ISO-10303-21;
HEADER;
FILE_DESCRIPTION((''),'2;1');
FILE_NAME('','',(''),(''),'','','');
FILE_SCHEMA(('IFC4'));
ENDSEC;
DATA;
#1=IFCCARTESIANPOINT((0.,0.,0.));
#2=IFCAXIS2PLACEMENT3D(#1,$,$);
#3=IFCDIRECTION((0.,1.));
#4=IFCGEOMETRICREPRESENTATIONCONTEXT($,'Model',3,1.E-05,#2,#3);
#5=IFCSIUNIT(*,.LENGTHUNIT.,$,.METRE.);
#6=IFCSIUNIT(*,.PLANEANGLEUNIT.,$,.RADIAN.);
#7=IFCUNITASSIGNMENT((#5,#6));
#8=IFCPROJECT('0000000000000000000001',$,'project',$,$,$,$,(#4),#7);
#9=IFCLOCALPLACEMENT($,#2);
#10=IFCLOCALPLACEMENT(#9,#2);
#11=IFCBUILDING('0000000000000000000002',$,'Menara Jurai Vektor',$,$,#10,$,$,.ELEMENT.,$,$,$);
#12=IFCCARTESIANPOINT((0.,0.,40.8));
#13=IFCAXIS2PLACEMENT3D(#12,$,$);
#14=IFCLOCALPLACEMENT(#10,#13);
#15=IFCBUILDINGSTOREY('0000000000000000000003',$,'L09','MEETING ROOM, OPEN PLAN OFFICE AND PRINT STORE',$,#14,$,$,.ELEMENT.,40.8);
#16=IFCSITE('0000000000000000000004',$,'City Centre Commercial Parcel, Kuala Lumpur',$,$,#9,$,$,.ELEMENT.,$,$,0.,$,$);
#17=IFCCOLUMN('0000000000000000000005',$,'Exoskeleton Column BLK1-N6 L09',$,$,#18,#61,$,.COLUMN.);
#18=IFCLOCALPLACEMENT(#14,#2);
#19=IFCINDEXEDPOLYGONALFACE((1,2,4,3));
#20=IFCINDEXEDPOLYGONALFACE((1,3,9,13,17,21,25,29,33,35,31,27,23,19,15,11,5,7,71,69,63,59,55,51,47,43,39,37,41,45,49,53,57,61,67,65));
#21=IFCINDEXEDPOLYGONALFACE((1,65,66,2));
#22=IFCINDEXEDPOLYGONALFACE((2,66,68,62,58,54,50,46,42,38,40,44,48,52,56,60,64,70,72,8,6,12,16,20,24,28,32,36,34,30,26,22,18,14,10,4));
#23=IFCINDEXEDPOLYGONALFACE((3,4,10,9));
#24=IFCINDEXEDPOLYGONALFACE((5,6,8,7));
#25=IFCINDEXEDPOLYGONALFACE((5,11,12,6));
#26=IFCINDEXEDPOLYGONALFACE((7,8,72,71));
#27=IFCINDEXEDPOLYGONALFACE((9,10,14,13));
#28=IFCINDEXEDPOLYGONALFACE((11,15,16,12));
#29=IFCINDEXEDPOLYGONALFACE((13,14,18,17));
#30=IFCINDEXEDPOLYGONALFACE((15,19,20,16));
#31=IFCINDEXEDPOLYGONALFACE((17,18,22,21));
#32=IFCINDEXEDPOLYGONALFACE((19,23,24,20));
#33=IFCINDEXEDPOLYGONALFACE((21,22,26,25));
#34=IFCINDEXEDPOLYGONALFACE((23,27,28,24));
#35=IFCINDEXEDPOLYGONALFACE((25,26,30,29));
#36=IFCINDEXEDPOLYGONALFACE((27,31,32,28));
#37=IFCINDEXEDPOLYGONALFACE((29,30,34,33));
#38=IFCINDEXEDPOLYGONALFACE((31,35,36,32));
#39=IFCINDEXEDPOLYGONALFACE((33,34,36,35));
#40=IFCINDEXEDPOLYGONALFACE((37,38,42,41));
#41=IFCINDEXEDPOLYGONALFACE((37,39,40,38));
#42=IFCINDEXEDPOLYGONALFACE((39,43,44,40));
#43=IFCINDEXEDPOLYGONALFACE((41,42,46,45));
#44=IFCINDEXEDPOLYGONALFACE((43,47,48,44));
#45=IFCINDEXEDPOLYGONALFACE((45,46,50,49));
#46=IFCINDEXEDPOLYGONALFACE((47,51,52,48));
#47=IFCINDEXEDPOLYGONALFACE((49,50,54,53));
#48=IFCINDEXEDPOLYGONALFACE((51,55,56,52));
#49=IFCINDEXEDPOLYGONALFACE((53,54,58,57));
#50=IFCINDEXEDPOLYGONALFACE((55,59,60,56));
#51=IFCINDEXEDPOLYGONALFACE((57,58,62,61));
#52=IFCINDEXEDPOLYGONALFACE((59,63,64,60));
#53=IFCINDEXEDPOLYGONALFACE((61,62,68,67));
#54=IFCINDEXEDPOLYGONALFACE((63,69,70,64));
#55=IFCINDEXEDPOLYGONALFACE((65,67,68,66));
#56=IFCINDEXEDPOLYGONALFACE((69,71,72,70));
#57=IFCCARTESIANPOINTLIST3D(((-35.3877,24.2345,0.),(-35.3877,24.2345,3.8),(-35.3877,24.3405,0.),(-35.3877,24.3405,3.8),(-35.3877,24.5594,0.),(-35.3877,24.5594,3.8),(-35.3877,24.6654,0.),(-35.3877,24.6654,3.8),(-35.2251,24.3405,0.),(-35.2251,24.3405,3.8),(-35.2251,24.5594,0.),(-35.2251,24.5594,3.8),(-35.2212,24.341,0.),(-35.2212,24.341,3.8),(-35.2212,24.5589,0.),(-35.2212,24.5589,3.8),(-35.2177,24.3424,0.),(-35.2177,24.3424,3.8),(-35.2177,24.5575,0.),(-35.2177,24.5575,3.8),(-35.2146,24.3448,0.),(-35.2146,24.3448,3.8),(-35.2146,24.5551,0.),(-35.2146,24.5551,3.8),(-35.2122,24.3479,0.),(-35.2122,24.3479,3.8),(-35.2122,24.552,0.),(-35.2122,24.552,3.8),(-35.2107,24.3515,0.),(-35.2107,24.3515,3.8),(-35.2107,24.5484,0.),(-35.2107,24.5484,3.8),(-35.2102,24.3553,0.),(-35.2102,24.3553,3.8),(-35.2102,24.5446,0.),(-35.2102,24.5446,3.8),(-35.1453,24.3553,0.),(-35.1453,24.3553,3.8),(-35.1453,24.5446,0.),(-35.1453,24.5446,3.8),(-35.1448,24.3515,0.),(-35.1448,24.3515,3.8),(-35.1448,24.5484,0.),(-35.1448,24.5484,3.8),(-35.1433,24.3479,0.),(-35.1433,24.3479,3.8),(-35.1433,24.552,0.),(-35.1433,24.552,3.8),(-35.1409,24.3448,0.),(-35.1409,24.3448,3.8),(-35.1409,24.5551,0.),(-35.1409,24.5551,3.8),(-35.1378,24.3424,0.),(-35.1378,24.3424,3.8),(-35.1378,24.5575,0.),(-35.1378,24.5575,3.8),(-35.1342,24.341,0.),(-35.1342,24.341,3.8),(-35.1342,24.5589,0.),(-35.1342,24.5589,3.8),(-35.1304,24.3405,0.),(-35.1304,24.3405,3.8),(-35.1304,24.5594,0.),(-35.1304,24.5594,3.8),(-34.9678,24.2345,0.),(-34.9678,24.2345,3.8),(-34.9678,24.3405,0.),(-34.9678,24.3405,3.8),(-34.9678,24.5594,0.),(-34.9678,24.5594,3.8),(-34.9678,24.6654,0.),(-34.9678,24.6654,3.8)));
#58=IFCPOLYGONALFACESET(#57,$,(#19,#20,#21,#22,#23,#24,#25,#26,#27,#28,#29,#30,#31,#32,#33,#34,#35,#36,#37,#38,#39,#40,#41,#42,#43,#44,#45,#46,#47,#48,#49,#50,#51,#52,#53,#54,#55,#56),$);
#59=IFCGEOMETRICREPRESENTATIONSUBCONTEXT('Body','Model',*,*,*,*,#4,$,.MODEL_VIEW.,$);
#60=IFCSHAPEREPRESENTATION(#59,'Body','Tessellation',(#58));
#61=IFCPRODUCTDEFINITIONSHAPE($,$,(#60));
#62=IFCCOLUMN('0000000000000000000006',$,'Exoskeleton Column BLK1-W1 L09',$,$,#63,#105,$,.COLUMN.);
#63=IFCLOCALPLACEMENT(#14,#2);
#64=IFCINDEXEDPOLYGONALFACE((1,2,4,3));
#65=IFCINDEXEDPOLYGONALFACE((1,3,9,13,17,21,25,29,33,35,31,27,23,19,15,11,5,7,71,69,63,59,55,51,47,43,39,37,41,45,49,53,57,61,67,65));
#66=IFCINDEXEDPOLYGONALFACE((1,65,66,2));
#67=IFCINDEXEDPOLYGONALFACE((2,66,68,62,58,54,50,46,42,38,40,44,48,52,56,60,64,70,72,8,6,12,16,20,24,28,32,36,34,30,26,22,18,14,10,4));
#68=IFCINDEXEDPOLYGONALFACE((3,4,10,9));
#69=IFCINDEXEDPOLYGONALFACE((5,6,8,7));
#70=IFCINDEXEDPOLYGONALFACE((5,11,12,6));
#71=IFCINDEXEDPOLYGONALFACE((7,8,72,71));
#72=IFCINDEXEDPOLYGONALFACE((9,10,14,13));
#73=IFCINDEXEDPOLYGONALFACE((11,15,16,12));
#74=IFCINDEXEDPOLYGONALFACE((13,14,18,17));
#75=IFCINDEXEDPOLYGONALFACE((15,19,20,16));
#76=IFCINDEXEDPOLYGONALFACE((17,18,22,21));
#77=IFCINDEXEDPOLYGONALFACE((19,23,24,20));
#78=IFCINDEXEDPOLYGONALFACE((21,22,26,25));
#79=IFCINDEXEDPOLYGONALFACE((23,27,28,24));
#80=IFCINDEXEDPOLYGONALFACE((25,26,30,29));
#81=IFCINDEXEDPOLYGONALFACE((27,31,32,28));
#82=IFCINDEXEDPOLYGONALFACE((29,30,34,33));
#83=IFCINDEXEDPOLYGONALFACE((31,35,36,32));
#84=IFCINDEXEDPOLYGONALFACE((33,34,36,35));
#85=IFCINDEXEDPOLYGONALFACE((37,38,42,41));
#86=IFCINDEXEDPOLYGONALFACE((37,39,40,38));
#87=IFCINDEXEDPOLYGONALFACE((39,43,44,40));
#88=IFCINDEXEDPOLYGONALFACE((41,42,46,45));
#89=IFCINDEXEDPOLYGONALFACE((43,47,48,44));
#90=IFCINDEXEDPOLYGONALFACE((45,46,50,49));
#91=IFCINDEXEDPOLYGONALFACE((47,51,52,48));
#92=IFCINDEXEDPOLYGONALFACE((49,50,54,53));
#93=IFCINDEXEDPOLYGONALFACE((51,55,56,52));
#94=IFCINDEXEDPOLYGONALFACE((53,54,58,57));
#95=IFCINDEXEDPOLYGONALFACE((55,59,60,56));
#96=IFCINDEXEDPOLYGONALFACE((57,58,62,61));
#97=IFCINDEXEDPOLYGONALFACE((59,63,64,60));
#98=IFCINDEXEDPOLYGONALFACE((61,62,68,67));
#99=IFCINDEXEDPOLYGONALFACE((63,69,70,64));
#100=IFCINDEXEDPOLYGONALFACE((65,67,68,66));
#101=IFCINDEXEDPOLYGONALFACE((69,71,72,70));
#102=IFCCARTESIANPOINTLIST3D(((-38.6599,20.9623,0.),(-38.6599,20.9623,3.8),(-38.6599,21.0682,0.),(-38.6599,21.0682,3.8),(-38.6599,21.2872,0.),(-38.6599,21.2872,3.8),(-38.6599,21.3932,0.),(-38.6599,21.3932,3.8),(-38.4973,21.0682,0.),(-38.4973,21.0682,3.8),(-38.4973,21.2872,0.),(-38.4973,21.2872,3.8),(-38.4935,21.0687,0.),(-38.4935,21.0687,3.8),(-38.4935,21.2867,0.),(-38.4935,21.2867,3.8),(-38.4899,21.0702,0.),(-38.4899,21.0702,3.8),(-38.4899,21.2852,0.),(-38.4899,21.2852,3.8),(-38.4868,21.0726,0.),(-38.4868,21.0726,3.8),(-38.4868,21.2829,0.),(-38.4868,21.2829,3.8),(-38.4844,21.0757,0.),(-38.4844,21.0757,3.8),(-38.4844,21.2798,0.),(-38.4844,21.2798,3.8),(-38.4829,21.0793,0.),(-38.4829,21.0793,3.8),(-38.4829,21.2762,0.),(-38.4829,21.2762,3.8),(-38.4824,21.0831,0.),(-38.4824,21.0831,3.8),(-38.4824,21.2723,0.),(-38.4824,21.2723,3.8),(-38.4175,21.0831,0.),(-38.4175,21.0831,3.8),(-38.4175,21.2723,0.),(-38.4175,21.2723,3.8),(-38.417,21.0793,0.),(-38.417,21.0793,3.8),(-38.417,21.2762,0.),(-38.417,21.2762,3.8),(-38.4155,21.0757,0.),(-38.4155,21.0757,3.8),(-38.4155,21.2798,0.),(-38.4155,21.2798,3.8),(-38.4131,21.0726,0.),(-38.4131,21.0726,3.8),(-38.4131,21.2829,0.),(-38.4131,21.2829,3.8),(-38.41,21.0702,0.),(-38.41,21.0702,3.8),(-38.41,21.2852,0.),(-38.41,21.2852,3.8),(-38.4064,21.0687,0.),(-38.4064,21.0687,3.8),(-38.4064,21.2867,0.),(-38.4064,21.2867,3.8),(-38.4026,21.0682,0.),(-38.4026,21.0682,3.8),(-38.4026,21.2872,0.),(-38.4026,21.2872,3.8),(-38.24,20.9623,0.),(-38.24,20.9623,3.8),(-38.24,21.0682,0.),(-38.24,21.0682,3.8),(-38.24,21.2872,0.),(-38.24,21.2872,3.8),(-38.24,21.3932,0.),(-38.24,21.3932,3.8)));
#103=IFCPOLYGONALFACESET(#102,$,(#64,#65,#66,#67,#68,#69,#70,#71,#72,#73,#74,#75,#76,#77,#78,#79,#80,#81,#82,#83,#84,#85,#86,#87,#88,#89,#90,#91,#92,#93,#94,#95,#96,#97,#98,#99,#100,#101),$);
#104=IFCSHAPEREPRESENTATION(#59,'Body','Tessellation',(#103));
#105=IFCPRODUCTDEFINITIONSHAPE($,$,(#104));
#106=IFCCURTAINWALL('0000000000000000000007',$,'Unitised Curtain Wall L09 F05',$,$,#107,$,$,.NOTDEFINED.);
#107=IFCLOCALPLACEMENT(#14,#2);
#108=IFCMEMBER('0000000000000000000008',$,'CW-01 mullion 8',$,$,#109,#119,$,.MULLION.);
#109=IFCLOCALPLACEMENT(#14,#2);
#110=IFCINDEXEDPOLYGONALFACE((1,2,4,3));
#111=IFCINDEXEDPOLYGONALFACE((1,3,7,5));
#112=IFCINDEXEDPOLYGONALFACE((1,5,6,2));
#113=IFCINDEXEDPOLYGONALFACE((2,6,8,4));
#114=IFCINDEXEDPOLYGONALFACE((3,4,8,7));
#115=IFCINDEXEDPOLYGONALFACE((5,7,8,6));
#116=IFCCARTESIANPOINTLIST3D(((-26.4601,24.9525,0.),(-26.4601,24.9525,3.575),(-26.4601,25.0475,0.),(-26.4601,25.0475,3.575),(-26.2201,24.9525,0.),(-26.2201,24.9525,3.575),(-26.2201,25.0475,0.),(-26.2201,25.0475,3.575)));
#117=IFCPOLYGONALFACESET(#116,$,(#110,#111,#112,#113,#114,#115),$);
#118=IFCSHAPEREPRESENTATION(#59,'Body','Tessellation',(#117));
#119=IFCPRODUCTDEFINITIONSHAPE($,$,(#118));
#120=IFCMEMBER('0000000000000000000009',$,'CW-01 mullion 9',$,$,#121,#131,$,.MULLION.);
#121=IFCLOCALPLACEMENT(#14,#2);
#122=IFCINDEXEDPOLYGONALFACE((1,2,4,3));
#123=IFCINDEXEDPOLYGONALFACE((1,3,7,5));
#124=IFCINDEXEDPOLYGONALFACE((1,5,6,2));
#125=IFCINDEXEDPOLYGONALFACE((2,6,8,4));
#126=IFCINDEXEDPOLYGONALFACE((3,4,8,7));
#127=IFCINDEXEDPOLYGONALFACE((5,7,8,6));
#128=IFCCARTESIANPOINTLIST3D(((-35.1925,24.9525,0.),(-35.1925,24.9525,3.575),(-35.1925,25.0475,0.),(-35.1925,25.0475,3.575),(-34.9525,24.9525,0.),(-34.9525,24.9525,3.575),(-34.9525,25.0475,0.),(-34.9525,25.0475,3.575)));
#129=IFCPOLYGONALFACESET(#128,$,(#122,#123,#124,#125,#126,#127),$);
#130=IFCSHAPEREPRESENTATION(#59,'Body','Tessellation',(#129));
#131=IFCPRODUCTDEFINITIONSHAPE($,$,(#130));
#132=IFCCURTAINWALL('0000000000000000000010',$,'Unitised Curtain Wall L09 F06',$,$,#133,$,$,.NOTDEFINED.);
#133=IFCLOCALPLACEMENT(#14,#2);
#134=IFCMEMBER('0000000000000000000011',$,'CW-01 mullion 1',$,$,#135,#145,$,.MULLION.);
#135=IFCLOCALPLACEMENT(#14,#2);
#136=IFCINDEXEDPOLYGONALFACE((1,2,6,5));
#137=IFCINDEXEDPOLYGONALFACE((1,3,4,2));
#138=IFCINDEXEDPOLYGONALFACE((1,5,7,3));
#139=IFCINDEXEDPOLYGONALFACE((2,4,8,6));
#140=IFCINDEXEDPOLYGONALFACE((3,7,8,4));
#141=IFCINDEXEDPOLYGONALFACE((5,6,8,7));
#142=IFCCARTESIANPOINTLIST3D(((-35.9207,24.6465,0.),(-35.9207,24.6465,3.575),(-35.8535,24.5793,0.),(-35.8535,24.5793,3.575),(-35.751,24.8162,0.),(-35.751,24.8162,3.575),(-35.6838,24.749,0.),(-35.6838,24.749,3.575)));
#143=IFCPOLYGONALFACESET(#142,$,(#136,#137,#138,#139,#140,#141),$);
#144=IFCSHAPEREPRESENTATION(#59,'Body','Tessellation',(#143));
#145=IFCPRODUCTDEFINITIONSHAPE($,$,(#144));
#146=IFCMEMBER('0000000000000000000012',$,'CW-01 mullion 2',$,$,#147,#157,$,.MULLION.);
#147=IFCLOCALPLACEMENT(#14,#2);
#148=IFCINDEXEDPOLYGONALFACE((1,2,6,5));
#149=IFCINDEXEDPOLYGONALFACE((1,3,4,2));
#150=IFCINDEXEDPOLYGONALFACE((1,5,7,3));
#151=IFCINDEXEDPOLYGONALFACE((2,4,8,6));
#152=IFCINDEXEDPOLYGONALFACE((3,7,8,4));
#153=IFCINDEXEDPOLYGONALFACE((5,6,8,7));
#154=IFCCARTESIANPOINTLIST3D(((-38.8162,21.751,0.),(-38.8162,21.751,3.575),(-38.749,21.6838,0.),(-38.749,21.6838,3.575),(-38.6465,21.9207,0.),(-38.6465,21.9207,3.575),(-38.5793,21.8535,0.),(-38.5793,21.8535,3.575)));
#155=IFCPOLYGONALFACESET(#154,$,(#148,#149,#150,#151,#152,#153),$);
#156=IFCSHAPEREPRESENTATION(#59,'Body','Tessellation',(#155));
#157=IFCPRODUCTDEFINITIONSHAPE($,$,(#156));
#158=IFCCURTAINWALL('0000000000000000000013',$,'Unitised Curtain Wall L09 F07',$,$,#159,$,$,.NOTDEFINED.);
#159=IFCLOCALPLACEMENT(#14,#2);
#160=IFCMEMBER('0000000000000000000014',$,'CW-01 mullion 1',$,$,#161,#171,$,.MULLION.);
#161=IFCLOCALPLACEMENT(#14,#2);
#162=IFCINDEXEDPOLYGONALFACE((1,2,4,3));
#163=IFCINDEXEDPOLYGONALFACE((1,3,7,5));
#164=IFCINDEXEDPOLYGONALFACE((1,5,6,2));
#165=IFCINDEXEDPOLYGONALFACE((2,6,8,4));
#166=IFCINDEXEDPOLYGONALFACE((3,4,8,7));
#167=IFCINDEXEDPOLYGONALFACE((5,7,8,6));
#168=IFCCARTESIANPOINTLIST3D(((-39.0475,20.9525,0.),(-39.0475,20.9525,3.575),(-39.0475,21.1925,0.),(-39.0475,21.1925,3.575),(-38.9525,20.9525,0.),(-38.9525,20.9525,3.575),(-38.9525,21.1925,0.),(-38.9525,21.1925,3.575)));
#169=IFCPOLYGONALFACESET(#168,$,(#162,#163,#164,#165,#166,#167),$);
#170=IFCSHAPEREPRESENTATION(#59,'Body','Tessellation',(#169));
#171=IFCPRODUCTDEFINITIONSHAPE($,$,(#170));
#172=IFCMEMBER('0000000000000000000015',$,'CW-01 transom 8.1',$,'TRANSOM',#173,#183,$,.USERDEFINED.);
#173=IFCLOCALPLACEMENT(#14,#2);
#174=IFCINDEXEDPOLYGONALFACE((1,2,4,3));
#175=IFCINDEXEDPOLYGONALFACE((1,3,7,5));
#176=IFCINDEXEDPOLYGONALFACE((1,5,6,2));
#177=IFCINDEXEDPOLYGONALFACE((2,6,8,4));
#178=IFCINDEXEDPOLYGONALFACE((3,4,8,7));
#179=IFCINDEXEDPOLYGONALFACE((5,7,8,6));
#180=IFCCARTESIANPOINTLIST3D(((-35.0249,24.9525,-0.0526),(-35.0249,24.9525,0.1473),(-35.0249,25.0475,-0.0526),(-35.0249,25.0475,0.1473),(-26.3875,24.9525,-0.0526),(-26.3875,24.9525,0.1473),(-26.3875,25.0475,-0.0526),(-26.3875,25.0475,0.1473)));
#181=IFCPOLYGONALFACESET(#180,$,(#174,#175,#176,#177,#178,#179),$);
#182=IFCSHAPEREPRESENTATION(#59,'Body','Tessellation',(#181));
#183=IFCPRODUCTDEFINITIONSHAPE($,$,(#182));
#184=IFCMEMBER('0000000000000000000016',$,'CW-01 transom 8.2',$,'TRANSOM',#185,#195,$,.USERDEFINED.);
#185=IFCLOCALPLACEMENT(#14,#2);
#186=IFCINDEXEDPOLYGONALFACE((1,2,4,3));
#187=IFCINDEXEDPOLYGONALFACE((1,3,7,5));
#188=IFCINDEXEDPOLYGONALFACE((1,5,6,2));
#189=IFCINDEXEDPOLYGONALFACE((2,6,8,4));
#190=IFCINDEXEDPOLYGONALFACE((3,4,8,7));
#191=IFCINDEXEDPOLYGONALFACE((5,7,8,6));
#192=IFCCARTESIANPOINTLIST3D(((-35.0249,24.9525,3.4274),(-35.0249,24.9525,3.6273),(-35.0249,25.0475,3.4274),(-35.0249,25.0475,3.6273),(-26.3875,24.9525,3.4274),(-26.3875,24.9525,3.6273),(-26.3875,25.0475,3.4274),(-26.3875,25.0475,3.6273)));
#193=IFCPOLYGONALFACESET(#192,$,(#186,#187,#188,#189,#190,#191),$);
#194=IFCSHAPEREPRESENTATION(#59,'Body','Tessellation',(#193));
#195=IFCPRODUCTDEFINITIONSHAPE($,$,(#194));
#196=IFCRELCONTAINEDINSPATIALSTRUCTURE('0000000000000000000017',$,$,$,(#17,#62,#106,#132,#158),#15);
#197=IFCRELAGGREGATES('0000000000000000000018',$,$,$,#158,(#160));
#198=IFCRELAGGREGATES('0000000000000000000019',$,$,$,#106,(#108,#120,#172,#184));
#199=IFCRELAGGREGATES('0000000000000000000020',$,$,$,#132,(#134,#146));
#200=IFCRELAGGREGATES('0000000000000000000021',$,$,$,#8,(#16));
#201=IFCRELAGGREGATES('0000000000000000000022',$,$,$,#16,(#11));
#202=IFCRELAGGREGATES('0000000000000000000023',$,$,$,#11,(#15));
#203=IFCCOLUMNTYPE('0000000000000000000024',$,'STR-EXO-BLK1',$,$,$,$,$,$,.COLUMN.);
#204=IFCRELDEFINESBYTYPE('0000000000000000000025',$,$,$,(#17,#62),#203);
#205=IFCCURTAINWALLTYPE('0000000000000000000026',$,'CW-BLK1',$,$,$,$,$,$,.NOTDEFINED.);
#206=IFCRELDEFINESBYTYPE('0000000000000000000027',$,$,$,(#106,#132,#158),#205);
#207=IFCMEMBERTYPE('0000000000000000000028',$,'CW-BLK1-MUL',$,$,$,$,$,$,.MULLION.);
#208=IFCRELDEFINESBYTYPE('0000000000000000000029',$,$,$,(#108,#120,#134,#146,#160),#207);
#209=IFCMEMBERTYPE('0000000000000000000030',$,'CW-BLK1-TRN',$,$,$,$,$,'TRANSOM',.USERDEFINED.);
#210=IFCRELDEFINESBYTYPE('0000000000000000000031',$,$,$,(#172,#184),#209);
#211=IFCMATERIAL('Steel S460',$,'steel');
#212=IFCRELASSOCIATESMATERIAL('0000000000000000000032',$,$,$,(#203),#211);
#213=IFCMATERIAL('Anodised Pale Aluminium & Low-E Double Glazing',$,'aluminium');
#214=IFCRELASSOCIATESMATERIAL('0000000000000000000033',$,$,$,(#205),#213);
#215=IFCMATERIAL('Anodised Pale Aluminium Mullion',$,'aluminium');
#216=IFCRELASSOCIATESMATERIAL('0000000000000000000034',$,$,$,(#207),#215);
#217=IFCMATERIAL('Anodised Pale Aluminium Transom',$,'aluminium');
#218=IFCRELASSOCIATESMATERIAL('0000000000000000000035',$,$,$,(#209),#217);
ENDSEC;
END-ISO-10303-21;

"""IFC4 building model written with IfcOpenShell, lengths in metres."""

from ifc_helpers import new_model, si_unit, direction, frame, origin, origin_2d, place, context, subcontext, project, spatial, rectangle, i_section, extrude, material, material_profile, profile_set, type_object, element, aggregate, save


model = new_model("IFC4")

# Units and contexts
model_context = context("Model", 3, precision=1e-05, world=origin(), true_north=direction((0.0, 1.0)))
body_context = subcontext(model_context, "Body", "Model", "MODEL_VIEW")
ifc_project = project(units=[si_unit("LENGTHUNIT", "METRE"), si_unit("PLANEANGLEUNIT", "RADIAN")], contexts=[model_context])

# Site, building, storey
site_placement = place(None, origin())
site = spatial("IfcSite", under=ifc_project, at=site_placement, Name="City Centre Commercial Parcel, Kuala Lumpur", CompositionType="ELEMENT", RefElevation=0.0)
building_placement = place(site_placement, origin())
building = spatial("IfcBuilding", under=site, at=building_placement, Name="Menara Jurai Vektor", CompositionType="ELEMENT")
storey_placement = place(building_placement, frame((0.0, 0.0, 40.8)))
storey = spatial("IfcBuildingStorey", under=building, at=storey_placement, Name="L09", Description="MEETING ROOM, OPEN PLAN OFFICE AND PRINT STORE", CompositionType="ELEMENT", Elevation=40.8)

# Columns
ifc_material_1 = material(Name="Steel S460", Category="steel")
ifc_material_profile_1 = material_profile(ifc_material_1, i_section(OverallWidth=0.4199, OverallDepth=0.4309, WebThickness=0.0649, FlangeThickness=0.106, FilletRadius=0.0149, at=origin_2d()), Name="HD 400x900")
ifc_profile_set_1 = profile_set([ifc_material_profile_1], Name="Steel S460")
column_type = type_object("IfcColumnType", Name="STR-EXO-BLK1", PredefinedType="COLUMN", material=ifc_profile_set_1)
for number, where, z_axis, x_axis, name in (
    (1, (-35.1777, 24.45, 0.0), (0.0, 0.0, 1.0), (1.0, 0.0, 0.0), "Exoskeleton Column BLK1-N6 L09"),
    (2, (-38.45, 21.1777, 0.0), (0.0, 0.0, 1.0), (1.0, 0.0, 0.0), "Exoskeleton Column BLK1-W1 L09"),
):
    element("IfcColumn", number, at=place(storey_placement, frame(where, z_axis=z_axis, x_axis=x_axis)), inside=storey, type_object=column_type, Name=name, PredefinedType="COLUMN", context=body_context, shape_type="SweptSolid", body=[
        extrude(i_section(OverallWidth=0.4199, OverallDepth=0.4309, WebThickness=0.0649, FlangeThickness=0.106, FilletRadius=0.0149, at=origin_2d()), origin(), (0.0, 0.0, 1.0), 3.8),
    ])

# Curtain walls, members
ifc_material_2 = material(Name="Anodised Pale Aluminium & Low-E Double Glazing", Category="aluminium")
curtain_wall_type = type_object("IfcCurtainWallType", Name="CW-BLK1", PredefinedType="NOTDEFINED", material=ifc_material_2)
curtain_wall_1_placement = place(storey_placement, origin())
curtain_wall_1 = element("IfcCurtainWall", 3, at=curtain_wall_1_placement, inside=storey, type_object=curtain_wall_type, Name="Unitised Curtain Wall L09 F05", PredefinedType="NOTDEFINED")
ifc_material_3 = material(Name="Anodised Pale Aluminium Mullion", Category="aluminium")
ifc_material_profile_2 = material_profile(ifc_material_3, rectangle(XDim=0.095, YDim=0.24, at=origin_2d()), Name="ALU MUL 95x240")
ifc_profile_set_2 = profile_set([ifc_material_profile_2], Name="Anodised Pale Aluminium Mullion")
member_type_1 = type_object("IfcMemberType", Name="CW-BLK1-MUL", PredefinedType="MULLION", material=ifc_profile_set_2)
member_1_placement = place(storey_placement, frame((-26.3401, 25.0, 0.0), z_axis=(0.0, 0.0, 1.0), x_axis=(0.0, -1.0, 0.0)))
member_1 = element("IfcMember", 4, at=member_1_placement, type_object=member_type_1, Name="CW-01 mullion 8", PredefinedType="MULLION", context=body_context, shape_type="SweptSolid", body=[
    extrude(rectangle(XDim=0.095, YDim=0.24, at=origin_2d()), origin(), (0.0, 0.0, 1.0), 3.575),
])
member_2_placement = place(storey_placement, frame((-35.0725, 25.0, 0.0), z_axis=(0.0, 0.0, 1.0), x_axis=(0.0, -1.0, 0.0)))
member_2 = element("IfcMember", 5, at=member_2_placement, type_object=member_type_1, Name="CW-01 mullion 9", PredefinedType="MULLION", context=body_context, shape_type="SweptSolid", body=[
    extrude(rectangle(XDim=0.095, YDim=0.24, at=origin_2d()), origin(), (0.0, 0.0, 1.0), 3.575),
])
curtain_wall_2_placement = place(storey_placement, origin())
curtain_wall_2 = element("IfcCurtainWall", 6, at=curtain_wall_2_placement, inside=storey, type_object=curtain_wall_type, Name="Unitised Curtain Wall L09 F06", PredefinedType="NOTDEFINED")
member_3_placement = place(storey_placement, frame((-35.8022, 24.6978, 0.0), z_axis=(0.0, 0.0, 1.0), x_axis=(0.707107, -0.707107, 0.0)))
member_3 = element("IfcMember", 7, at=member_3_placement, type_object=member_type_1, Name="CW-01 mullion 1", PredefinedType="MULLION", context=body_context, shape_type="SweptSolid", body=[
    extrude(rectangle(XDim=0.095, YDim=0.24, at=origin_2d()), origin(), (0.0, 0.0, 1.0), 3.575),
])
member_4_placement = place(storey_placement, frame((-38.6978, 21.8022, 0.0), z_axis=(0.0, 0.0, 1.0), x_axis=(0.707107, -0.707107, 0.0)))
member_4 = element("IfcMember", 8, at=member_4_placement, type_object=member_type_1, Name="CW-01 mullion 2", PredefinedType="MULLION", context=body_context, shape_type="SweptSolid", body=[
    extrude(rectangle(XDim=0.095, YDim=0.24, at=origin_2d()), origin(), (0.0, 0.0, 1.0), 3.575),
])

# Curtain wall, member
curtain_wall_3_placement = place(storey_placement, origin())
curtain_wall_3 = element("IfcCurtainWall", 9, at=curtain_wall_3_placement, inside=storey, type_object=curtain_wall_type, Name="Unitised Curtain Wall L09 F07", PredefinedType="NOTDEFINED")
member_5_placement = place(storey_placement, frame((-39.0, 21.0725, 0.0), z_axis=(0.0, 0.0, 1.0), x_axis=(1.0, 0.0, 0.0)))
member_5 = element("IfcMember", 10, at=member_5_placement, type_object=member_type_1, Name="CW-01 mullion 1", PredefinedType="MULLION", context=body_context, shape_type="SweptSolid", body=[
    extrude(rectangle(XDim=0.095, YDim=0.24, at=origin_2d()), origin(), (0.0, 0.0, 1.0), 3.575),
])
aggregate(curtain_wall_3, [member_5])

# Members
ifc_material_4 = material(Name="Anodised Pale Aluminium Transom", Category="aluminium")
ifc_material_profile_3 = material_profile(ifc_material_4, rectangle(XDim=0.095, YDim=0.2, at=origin_2d()), Name="ALU TRN 95x200")
ifc_profile_set_3 = profile_set([ifc_material_profile_3], Name="Anodised Pale Aluminium Transom")
member_type_2 = type_object("IfcMemberType", Name="CW-BLK1-TRN", ElementType="TRANSOM", PredefinedType="USERDEFINED", material=ifc_profile_set_3)
member_6_placement = place(storey_placement, frame((-26.3875, 25.0, 0.0474), z_axis=(-1.0, 0.0, 0.0), x_axis=(0.0, -1.0, 0.0)))
member_6 = element("IfcMember", 11, at=member_6_placement, type_object=member_type_2, Name="CW-01 transom 8.1", ObjectType="TRANSOM", PredefinedType="USERDEFINED", context=body_context, shape_type="SweptSolid", body=[
    extrude(rectangle(XDim=0.095, YDim=0.2, at=origin_2d()), origin(), (0.0, 0.0, 1.0), 8.6375),
])
member_7_placement = place(storey_placement, frame((-26.3875, 25.0, 3.5273), z_axis=(-1.0, 0.0, 0.0), x_axis=(0.0, -1.0, 0.0)))
member_7 = element("IfcMember", 12, at=member_7_placement, type_object=member_type_2, Name="CW-01 transom 8.2", ObjectType="TRANSOM", PredefinedType="USERDEFINED", context=body_context, shape_type="SweptSolid", body=[
    extrude(rectangle(XDim=0.095, YDim=0.2, at=origin_2d()), origin(), (0.0, 0.0, 1.0), 8.6375),
])

aggregate(curtain_wall_1, [member_1, member_2, member_6, member_7])
aggregate(curtain_wall_2, [member_3, member_4])

save(model, "model.ifc")
